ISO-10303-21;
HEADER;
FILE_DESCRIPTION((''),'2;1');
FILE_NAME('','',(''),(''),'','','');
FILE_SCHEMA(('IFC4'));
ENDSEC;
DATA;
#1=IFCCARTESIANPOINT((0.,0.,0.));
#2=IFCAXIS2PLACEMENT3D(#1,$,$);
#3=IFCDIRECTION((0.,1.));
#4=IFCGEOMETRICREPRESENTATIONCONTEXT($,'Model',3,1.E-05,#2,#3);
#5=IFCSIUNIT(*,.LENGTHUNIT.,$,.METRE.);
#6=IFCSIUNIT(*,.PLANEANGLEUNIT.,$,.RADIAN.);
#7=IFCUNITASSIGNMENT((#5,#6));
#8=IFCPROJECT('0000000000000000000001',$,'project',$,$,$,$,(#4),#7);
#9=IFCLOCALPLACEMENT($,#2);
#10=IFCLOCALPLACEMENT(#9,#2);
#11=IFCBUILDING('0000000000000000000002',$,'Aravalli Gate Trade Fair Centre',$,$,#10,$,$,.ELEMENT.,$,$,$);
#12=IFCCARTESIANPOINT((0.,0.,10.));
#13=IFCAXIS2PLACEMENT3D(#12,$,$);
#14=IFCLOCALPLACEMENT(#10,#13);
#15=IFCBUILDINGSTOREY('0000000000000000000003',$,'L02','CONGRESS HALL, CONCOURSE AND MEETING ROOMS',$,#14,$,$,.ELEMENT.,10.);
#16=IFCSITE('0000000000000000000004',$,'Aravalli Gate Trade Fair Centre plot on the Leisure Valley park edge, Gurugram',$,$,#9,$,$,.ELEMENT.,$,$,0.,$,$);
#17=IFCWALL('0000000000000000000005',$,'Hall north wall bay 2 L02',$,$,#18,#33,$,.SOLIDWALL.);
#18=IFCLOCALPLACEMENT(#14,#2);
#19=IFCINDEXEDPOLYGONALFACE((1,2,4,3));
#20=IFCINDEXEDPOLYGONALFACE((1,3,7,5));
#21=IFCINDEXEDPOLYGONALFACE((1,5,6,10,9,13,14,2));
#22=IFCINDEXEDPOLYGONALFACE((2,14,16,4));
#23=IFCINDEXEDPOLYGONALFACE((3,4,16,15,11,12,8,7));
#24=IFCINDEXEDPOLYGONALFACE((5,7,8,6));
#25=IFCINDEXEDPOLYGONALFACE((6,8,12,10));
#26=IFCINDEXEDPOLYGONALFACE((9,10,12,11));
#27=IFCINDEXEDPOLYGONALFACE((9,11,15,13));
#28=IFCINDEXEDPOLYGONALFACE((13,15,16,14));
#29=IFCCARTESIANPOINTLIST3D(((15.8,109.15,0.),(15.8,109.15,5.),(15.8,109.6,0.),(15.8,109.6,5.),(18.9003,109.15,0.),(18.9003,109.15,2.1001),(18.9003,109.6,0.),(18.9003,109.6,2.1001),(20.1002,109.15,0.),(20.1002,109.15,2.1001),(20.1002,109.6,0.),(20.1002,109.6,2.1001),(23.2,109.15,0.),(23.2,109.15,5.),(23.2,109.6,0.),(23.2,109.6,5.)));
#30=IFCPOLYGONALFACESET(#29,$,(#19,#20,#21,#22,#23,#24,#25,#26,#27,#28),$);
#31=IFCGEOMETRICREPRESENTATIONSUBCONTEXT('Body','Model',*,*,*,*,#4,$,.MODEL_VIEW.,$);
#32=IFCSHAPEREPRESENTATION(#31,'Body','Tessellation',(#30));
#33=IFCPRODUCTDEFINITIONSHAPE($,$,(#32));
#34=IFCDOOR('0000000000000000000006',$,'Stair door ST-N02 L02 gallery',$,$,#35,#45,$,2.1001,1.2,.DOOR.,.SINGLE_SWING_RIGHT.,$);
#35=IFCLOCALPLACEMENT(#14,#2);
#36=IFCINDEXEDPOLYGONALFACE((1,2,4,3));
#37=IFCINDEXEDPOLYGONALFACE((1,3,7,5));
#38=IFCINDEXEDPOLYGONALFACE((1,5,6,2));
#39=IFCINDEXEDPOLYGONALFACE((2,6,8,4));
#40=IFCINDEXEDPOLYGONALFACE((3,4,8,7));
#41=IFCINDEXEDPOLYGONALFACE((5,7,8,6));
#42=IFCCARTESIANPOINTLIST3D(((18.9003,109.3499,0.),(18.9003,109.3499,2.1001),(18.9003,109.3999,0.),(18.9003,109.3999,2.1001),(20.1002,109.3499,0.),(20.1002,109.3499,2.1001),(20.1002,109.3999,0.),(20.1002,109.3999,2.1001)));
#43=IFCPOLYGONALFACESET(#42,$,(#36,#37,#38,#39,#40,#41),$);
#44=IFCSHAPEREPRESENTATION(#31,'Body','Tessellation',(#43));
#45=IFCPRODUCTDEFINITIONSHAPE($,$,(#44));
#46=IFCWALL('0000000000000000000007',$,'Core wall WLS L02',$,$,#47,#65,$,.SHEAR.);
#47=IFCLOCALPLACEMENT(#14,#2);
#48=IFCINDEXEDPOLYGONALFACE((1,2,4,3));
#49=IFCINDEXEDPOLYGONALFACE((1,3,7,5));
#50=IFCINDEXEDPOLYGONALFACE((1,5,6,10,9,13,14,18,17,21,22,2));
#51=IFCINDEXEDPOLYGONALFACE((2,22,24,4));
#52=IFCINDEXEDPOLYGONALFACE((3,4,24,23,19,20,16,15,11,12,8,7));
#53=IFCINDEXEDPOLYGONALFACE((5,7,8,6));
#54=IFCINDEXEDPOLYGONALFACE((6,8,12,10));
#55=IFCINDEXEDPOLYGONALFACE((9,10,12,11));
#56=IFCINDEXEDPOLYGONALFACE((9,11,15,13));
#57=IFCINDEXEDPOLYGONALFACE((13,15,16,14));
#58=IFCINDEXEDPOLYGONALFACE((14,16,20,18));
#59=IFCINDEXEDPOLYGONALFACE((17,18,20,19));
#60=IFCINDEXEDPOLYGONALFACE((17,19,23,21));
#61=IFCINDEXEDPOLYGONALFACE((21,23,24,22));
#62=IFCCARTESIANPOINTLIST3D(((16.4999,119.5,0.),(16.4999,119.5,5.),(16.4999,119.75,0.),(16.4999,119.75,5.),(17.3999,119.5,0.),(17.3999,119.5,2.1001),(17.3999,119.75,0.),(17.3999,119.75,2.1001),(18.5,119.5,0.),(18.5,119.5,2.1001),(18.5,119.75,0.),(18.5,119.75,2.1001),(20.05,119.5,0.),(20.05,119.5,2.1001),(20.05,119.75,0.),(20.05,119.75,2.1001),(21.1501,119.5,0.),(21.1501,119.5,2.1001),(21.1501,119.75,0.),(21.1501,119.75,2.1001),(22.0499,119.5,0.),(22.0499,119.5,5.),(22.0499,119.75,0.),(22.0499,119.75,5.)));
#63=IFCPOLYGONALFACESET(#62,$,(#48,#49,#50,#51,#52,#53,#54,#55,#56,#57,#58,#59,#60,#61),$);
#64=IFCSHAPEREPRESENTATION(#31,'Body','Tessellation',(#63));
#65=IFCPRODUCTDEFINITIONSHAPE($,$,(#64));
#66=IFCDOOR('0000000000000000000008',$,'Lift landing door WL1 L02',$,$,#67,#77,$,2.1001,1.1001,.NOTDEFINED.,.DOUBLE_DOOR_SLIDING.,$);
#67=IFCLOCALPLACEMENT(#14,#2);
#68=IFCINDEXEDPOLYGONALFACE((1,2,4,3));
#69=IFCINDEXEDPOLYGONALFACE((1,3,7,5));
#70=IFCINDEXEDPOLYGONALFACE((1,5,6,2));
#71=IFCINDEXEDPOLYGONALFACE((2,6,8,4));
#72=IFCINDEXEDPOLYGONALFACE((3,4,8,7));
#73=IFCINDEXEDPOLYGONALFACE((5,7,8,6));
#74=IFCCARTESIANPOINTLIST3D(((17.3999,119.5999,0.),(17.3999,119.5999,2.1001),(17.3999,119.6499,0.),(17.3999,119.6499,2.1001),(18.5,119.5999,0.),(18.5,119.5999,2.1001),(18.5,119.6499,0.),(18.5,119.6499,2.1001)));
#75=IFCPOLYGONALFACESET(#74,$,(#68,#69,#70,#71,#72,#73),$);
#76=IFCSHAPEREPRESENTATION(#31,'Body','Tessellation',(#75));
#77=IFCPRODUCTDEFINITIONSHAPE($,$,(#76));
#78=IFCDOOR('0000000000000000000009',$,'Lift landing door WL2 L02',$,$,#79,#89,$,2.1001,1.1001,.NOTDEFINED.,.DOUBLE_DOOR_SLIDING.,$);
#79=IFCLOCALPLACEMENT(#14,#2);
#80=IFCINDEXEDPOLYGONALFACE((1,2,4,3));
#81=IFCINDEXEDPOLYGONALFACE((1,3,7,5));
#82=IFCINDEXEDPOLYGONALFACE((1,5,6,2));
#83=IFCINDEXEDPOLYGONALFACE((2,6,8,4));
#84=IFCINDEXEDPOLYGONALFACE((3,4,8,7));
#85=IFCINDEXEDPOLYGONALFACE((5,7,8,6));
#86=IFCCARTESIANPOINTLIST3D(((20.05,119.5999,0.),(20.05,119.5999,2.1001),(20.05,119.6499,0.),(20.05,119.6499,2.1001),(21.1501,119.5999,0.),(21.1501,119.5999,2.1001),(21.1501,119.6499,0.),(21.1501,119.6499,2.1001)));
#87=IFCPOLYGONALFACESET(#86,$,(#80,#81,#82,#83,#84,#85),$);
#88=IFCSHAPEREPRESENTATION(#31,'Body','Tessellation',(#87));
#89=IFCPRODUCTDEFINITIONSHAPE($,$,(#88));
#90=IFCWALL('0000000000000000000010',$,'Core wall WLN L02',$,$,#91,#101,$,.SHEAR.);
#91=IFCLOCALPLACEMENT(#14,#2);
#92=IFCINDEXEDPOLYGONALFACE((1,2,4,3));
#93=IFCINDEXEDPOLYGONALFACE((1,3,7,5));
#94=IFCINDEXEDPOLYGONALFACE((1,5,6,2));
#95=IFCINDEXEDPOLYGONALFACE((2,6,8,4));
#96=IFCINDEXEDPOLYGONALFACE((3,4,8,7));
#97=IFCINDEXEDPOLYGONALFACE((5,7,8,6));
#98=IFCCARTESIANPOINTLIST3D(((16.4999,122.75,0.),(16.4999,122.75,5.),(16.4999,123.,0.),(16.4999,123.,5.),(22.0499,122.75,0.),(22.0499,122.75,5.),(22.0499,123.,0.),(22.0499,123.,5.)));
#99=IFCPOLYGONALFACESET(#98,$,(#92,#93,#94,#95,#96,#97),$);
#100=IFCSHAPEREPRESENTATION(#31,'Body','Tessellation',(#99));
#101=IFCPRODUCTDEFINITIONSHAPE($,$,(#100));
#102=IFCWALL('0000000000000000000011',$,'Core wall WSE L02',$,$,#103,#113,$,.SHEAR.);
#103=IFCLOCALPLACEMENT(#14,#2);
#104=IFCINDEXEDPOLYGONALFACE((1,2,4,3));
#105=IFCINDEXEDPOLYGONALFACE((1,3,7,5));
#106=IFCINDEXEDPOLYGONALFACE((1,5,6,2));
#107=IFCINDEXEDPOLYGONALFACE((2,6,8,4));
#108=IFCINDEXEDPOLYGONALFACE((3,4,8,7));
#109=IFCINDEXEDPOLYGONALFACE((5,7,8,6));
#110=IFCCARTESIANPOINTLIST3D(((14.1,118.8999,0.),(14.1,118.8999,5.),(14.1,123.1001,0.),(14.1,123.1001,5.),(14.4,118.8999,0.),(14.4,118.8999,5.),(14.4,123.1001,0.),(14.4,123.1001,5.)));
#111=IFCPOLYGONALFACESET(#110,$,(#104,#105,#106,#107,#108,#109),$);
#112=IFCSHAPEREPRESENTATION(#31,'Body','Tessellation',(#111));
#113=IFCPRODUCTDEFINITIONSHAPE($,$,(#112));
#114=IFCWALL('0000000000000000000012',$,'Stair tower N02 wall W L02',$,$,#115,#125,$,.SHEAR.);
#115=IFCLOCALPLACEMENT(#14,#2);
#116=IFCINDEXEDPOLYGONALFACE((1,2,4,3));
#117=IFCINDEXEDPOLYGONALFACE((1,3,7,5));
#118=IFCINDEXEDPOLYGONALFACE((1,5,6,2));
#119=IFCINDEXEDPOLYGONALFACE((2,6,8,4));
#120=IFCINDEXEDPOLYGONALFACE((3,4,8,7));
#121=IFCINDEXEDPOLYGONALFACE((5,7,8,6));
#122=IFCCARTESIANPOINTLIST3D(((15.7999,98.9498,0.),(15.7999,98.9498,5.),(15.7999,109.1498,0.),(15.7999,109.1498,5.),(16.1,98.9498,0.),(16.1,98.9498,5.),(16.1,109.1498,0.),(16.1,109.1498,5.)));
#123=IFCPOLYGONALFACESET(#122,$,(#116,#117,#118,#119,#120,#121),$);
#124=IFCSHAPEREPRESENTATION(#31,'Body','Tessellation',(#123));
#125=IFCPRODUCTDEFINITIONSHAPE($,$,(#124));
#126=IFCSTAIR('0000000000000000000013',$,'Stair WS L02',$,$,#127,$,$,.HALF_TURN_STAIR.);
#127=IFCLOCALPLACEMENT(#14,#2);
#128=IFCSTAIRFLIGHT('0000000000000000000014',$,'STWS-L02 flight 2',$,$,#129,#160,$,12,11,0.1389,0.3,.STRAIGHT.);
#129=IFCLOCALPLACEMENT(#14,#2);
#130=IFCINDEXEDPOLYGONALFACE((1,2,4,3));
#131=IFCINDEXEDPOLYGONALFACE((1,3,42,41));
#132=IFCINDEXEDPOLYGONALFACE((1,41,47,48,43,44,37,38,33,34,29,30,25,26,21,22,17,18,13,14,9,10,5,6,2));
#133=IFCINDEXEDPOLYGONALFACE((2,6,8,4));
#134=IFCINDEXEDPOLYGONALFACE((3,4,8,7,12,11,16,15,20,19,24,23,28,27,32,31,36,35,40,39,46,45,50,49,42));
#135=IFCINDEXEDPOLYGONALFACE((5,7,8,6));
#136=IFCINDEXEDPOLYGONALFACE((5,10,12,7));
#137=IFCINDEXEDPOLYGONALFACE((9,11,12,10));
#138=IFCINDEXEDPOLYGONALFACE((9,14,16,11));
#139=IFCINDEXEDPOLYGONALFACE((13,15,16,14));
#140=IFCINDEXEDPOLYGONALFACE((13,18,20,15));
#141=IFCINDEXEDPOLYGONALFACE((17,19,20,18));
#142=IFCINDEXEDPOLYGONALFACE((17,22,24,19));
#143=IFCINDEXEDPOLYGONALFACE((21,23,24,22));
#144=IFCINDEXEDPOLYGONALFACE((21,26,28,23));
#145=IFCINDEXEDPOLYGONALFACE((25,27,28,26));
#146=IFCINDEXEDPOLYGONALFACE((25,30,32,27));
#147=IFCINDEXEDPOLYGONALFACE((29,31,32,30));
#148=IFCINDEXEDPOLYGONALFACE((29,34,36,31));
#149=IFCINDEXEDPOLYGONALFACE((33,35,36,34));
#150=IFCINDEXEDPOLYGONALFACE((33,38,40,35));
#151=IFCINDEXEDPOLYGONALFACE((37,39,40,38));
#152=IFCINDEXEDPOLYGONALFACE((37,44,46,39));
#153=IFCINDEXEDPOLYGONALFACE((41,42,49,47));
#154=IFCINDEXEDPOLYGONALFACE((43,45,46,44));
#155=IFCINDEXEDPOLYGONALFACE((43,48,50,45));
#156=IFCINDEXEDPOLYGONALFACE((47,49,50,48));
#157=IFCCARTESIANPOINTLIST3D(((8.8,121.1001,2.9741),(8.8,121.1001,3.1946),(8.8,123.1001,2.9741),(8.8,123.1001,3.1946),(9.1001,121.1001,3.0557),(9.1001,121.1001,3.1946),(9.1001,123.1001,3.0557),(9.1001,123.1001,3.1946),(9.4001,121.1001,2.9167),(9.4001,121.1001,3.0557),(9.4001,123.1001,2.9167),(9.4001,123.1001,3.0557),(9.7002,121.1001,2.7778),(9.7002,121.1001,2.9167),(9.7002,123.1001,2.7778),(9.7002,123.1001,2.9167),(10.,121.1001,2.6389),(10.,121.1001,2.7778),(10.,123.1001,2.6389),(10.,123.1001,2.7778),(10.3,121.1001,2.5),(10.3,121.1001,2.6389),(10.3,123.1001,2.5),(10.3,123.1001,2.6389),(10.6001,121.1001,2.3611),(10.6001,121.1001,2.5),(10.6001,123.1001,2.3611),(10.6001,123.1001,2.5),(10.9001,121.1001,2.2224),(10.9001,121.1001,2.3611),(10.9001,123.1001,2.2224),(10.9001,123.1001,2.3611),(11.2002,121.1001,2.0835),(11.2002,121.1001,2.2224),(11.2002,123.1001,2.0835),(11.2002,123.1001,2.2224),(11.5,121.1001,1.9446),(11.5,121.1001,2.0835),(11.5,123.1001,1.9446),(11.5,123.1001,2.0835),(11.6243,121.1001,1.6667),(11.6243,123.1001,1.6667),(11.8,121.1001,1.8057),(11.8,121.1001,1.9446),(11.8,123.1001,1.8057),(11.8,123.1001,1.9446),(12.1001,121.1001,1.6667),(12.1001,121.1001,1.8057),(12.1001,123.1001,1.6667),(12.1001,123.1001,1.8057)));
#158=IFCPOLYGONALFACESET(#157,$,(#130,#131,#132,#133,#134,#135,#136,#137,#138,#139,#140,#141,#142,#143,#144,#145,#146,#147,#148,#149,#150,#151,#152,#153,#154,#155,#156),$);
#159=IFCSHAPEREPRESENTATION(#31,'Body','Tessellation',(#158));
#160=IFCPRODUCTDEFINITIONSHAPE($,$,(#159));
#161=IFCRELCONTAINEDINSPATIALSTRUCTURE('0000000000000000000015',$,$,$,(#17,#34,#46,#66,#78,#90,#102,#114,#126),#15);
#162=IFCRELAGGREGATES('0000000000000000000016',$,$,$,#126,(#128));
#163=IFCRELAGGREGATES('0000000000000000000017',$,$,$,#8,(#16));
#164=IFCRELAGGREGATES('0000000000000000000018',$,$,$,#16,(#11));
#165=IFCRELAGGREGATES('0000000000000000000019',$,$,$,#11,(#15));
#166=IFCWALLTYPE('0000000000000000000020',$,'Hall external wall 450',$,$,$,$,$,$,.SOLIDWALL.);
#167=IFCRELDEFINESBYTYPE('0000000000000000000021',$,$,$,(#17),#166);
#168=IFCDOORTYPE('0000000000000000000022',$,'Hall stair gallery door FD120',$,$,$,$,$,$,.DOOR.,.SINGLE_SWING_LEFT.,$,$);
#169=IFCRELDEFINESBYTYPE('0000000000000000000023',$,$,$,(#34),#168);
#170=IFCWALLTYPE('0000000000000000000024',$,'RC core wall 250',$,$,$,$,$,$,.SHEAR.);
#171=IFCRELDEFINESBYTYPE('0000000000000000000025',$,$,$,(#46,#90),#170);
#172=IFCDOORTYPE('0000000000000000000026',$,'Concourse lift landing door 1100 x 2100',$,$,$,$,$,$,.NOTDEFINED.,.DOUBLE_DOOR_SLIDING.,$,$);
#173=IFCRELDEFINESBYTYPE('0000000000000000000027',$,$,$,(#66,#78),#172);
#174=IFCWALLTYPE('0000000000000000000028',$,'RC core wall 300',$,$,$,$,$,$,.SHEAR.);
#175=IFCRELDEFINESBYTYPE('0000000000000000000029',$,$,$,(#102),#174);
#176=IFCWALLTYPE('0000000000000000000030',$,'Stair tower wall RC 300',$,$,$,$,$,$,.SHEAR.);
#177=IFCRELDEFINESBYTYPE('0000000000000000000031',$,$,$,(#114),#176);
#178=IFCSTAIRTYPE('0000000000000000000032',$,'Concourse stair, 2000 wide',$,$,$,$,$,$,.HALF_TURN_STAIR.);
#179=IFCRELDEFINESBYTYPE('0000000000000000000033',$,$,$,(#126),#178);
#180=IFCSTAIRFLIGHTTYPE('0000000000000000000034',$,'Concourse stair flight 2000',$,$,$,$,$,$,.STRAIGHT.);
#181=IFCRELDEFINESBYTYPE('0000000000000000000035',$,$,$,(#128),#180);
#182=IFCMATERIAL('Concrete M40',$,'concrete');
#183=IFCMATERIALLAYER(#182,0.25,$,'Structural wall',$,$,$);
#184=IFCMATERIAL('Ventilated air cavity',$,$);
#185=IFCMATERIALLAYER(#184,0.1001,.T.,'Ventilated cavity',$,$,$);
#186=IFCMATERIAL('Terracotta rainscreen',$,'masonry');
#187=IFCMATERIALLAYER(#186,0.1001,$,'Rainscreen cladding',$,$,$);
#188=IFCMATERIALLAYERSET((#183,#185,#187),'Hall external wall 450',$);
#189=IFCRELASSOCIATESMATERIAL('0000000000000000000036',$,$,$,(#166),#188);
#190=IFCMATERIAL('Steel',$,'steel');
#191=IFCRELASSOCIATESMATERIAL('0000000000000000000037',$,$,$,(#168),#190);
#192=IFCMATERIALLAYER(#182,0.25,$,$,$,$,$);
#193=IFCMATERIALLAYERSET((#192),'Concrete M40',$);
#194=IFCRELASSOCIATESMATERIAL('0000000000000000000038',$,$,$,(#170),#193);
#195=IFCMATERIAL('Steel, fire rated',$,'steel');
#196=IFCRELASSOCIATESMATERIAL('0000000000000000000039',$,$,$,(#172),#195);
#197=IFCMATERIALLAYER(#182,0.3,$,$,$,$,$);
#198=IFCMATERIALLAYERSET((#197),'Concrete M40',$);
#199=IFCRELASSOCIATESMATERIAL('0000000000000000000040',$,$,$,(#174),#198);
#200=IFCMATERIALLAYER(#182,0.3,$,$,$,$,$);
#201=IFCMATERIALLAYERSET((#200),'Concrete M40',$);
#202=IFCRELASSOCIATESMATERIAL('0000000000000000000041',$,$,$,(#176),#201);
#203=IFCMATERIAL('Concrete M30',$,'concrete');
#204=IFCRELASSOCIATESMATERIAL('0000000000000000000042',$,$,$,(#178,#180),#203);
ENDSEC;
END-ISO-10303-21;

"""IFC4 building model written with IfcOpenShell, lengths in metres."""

from ifc_helpers import new_model, si_unit, direction, frame, frame_2d, origin, place, context, subcontext, project, spatial, polyline, rectangle, outline, extrude, material, layer, layer_set, type_object, element, fill, aggregate, save


model = new_model("IFC4")

# Units and contexts
model_context = context("Model", 3, precision=1e-05, world=origin(), true_north=direction((0.0, 1.0)))
body_context = subcontext(model_context, "Body", "Model", "MODEL_VIEW")
ifc_project = project(units=[si_unit("LENGTHUNIT", "METRE"), si_unit("PLANEANGLEUNIT", "RADIAN")], contexts=[model_context])

# Site, building, storey
site_placement = place(None, origin())
site = spatial("IfcSite", under=ifc_project, at=site_placement, Name="Aravalli Gate Trade Fair Centre plot on the Leisure Valley park edge, Gurugram", CompositionType="ELEMENT", RefElevation=0.0)
building_placement = place(site_placement, origin())
building = spatial("IfcBuilding", under=site, at=building_placement, Name="Aravalli Gate Trade Fair Centre", CompositionType="ELEMENT")
storey_placement = place(building_placement, frame((0.0, 0.0, 10.0)))
storey = spatial("IfcBuildingStorey", under=building, at=storey_placement, Name="L02", Description="CONGRESS HALL, CONCOURSE AND MEETING ROOMS", CompositionType="ELEMENT", Elevation=10.0)

# Wall, opening, door
ifc_material_1 = material(Name="Concrete M40", Category="concrete")
ifc_layer_1 = layer(ifc_material_1, 0.25, Name="Structural wall")
ifc_material_2 = material(Name="Ventilated air cavity")
ifc_layer_2 = layer(ifc_material_2, 0.1001, ventilated=True, Name="Ventilated cavity")
ifc_material_3 = material(Name="Terracotta rainscreen", Category="masonry")
ifc_layer_3 = layer(ifc_material_3, 0.1001, Name="Rainscreen cladding")
ifc_layer_set_1 = layer_set([ifc_layer_1, ifc_layer_2, ifc_layer_3], Name="Hall external wall 450")
wall_type_1 = type_object("IfcWallType", Name="Hall external wall 450", PredefinedType="SOLIDWALL", material=ifc_layer_set_1)
wall_1_placement = place(storey_placement, frame((15.8, 109.375, 0.0), z_axis=(0.0, 0.0, 1.0), x_axis=(1.0, 0.0, 0.0)))
wall_1 = element("IfcWall", 1, at=wall_1_placement, inside=storey, type_object=wall_type_1, Name="Hall north wall bay 2 L02", PredefinedType="SOLIDWALL", context=body_context, shape_type="SweptSolid", body=[
    extrude(rectangle(XDim=7.3999, YDim=0.45, at=frame_2d((3.7, 0.0))), origin(), (0.0, 0.0, 1.0), 5.0),
])
opening_1_placement = place(wall_1_placement, frame((3.1001, 0.0, 0.0)))
opening_1 = element("IfcOpeningElement", 2, at=opening_1_placement, cuts=wall_1, PredefinedType="OPENING", context=body_context, shape_type="SweptSolid", body=[
    extrude(rectangle(XDim=1.2, YDim=2.1001, at=frame_2d((0.6001, 1.05))), frame((0.0, 0.2349, 0.0), z_axis=(0.0, -1.0, 0.0), x_axis=(1.0, 0.0, 0.0)), (0.0, 0.0, 1.0), 0.47),
])
ifc_material_4 = material(Name="Steel", Category="steel")
door_type_1 = type_object("IfcDoorType", Name="Hall stair gallery door FD120", OperationType="SINGLE_SWING_LEFT", PredefinedType="DOOR", material=ifc_material_4)
door_1_placement = place(opening_1_placement, origin())
door_1 = element("IfcDoor", 3, at=door_1_placement, inside=storey, type_object=door_type_1, Name="Stair door ST-N02 L02 gallery", OperationType="SINGLE_SWING_RIGHT", OverallHeight=2.1001, OverallWidth=1.2, PredefinedType="DOOR", context=body_context, shape_type="SweptSolid", body=[
    extrude(rectangle(XDim=1.2, YDim=2.1001, at=frame_2d((0.6001, 1.05))), frame((0.0, 0.0249, 0.0), z_axis=(0.0, -1.0, 0.0), x_axis=(1.0, 0.0, 0.0)), (0.0, 0.0, 1.0), 0.05),
])
fill(opening_1, door_1)

# Wall, openings, doors
ifc_layer_4 = layer(ifc_material_1, 0.25)
ifc_layer_set_2 = layer_set([ifc_layer_4], Name="Concrete M40")
wall_type_2 = type_object("IfcWallType", Name="RC core wall 250", PredefinedType="SHEAR", material=ifc_layer_set_2)
wall_2_placement = place(storey_placement, frame((16.5, 119.625, 0.0), z_axis=(0.0, 0.0, 1.0), x_axis=(1.0, 0.0, 0.0)))
wall_2 = element("IfcWall", 4, at=wall_2_placement, inside=storey, type_object=wall_type_2, Name="Core wall WLS L02", PredefinedType="SHEAR", context=body_context, shape_type="SweptSolid", body=[
    extrude(rectangle(XDim=5.55, YDim=0.25, at=frame_2d((2.7749, 0.0))), origin(), (0.0, 0.0, 1.0), 5.0),
])
opening_2_placement = place(wall_2_placement, frame((0.8999, 0.0, 0.0)))
opening_2 = element("IfcOpeningElement", 5, at=opening_2_placement, cuts=wall_2, PredefinedType="OPENING", context=body_context, shape_type="SweptSolid", body=[
    extrude(rectangle(XDim=1.1001, YDim=2.1001, at=frame_2d((0.55, 1.05))), frame((0.0, 0.135, 0.0), z_axis=(0.0, -1.0, 0.0), x_axis=(1.0, 0.0, 0.0)), (0.0, 0.0, 1.0), 0.27),
])
opening_3_placement = place(wall_2_placement, frame((3.55, 0.0, 0.0)))
opening_3 = element("IfcOpeningElement", 6, at=opening_3_placement, cuts=wall_2, PredefinedType="OPENING", context=body_context, shape_type="SweptSolid", body=[
    extrude(rectangle(XDim=1.1001, YDim=2.1001, at=frame_2d((0.55, 1.05))), frame((0.0, 0.135, 0.0), z_axis=(0.0, -1.0, 0.0), x_axis=(1.0, 0.0, 0.0)), (0.0, 0.0, 1.0), 0.27),
])
ifc_material_5 = material(Name="Steel, fire rated", Category="steel")
door_type_2 = type_object("IfcDoorType", Name="Concourse lift landing door 1100 x 2100", OperationType="DOUBLE_DOOR_SLIDING", PredefinedType="NOTDEFINED", material=ifc_material_5)
door_2_placement = place(opening_2_placement, origin())
door_2 = element("IfcDoor", 7, at=door_2_placement, inside=storey, type_object=door_type_2, Name="Lift landing door WL1 L02", OperationType="DOUBLE_DOOR_SLIDING", OverallHeight=2.1001, OverallWidth=1.1001, PredefinedType="NOTDEFINED", context=body_context, shape_type="SweptSolid", body=[
    extrude(rectangle(XDim=1.1001, YDim=2.1001, at=frame_2d((0.55, 1.05))), frame((0.0, 0.0249, 0.0), z_axis=(0.0, -1.0, 0.0), x_axis=(1.0, 0.0, 0.0)), (0.0, 0.0, 1.0), 0.05),
])
fill(opening_2, door_2)
door_3_placement = place(opening_3_placement, origin())
door_3 = element("IfcDoor", 8, at=door_3_placement, inside=storey, type_object=door_type_2, Name="Lift landing door WL2 L02", OperationType="DOUBLE_DOOR_SLIDING", OverallHeight=2.1001, OverallWidth=1.1001, PredefinedType="NOTDEFINED", context=body_context, shape_type="SweptSolid", body=[
    extrude(rectangle(XDim=1.1001, YDim=2.1001, at=frame_2d((0.55, 1.05))), frame((0.0, 0.0249, 0.0), z_axis=(0.0, -1.0, 0.0), x_axis=(1.0, 0.0, 0.0)), (0.0, 0.0, 1.0), 0.05),
])
fill(opening_3, door_3)

# Walls
wall_3_placement = place(storey_placement, frame((16.5, 122.875, 0.0), z_axis=(0.0, 0.0, 1.0), x_axis=(1.0, 0.0, 0.0)))
element("IfcWall", 9, at=wall_3_placement, inside=storey, type_object=wall_type_2, Name="Core wall WLN L02", PredefinedType="SHEAR", context=body_context, shape_type="SweptSolid", body=[
    extrude(rectangle(XDim=5.55, YDim=0.25, at=frame_2d((2.7749, 0.0))), origin(), (0.0, 0.0, 1.0), 5.0),
])
ifc_layer_5 = layer(ifc_material_1, 0.3)
ifc_layer_set_3 = layer_set([ifc_layer_5], Name="Concrete M40")
wall_type_3 = type_object("IfcWallType", Name="RC core wall 300", PredefinedType="SHEAR", material=ifc_layer_set_3)
wall_4_placement = place(storey_placement, frame((14.25, 118.8999, 0.0), z_axis=(0.0, 0.0, 1.0), x_axis=(0.0, 1.0, 0.0)))
element("IfcWall", 10, at=wall_4_placement, inside=storey, type_object=wall_type_3, Name="Core wall WSE L02", PredefinedType="SHEAR", context=body_context, shape_type="SweptSolid", body=[
    extrude(rectangle(XDim=4.2002, YDim=0.3, at=frame_2d((2.1001, 0.0))), origin(), (0.0, 0.0, 1.0), 5.0),
])
ifc_layer_6 = layer(ifc_material_1, 0.3)
ifc_layer_set_4 = layer_set([ifc_layer_6], Name="Concrete M40")
wall_type_4 = type_object("IfcWallType", Name="Stair tower wall RC 300", PredefinedType="SHEAR", material=ifc_layer_set_4)
wall_5_placement = place(storey_placement, frame((15.95, 109.1499, 0.0), z_axis=(0.0, 0.0, 1.0), x_axis=(0.0, -1.0, 0.0)))
element("IfcWall", 11, at=wall_5_placement, inside=storey, type_object=wall_type_4, Name="Stair tower N02 wall W L02", PredefinedType="SHEAR", context=body_context, shape_type="SweptSolid", body=[
    extrude(rectangle(XDim=10.2, YDim=0.3, at=frame_2d((5.1001, 0.0))), origin(), (0.0, 0.0, 1.0), 5.0),
])

# Stair, stair flight
ifc_material_6 = material(Name="Concrete M30", Category="concrete")
stair_type = type_object("IfcStairType", Name="Concourse stair, 2000 wide", PredefinedType="HALF_TURN_STAIR", material=ifc_material_6)
stair_placement = place(storey_placement, origin())
stair = element("IfcStair", 12, at=stair_placement, inside=storey, type_object=stair_type, Name="Stair WS L02", PredefinedType="HALF_TURN_STAIR")
stair_flight_type = type_object("IfcStairFlightType", Name="Concourse stair flight 2000", PredefinedType="STRAIGHT", material=ifc_material_6)
stair_flight_placement = place(storey_placement, frame((12.1001, 122.1001, 1.6667), z_axis=(0.0, 0.0, 1.0), x_axis=(-1.0, 0.0, 0.0)))
stair_flight = element("IfcStairFlight", 13, at=stair_flight_placement, type_object=stair_flight_type, Name="STWS-L02 flight 2", NumberOfRisers=12, NumberOfTreads=11, PredefinedType="STRAIGHT", RiserHeight=0.1389, TreadLength=0.3, context=body_context, shape_type="SweptSolid", body=[
    extrude(outline(polyline([(0.0, 0.0), (0.0, 0.1389), (0.3, 0.1389), (0.3, 0.2778), (0.6001, 0.2778), (0.6001, 0.4167), (0.8999, 0.4167), (0.8999, 0.5557), (1.2, 0.5557), (1.2, 0.6943), (1.5, 0.6943), (1.5, 0.8333), (1.8, 0.8333), (1.8, 0.9722), (2.1001, 0.9722), (2.1001, 1.1111), (2.3999, 1.1111), (2.3999, 1.25), (2.7, 1.25), (2.7, 1.3889), (3.0, 1.3889), (3.0, 1.5278), (3.3, 1.5278), (3.3, 1.6667), (3.3, 1.3074), (0.4758, 0.0), (0.0, 0.0)])), frame((0.0, 1.0, 0.0), z_axis=(0.0, -1.0, 0.0), x_axis=(1.0, 0.0, 0.0)), (0.0, 0.0, 1.0), 2.0),
])
aggregate(stair, [stair_flight])

save(model, "model.ifc")
